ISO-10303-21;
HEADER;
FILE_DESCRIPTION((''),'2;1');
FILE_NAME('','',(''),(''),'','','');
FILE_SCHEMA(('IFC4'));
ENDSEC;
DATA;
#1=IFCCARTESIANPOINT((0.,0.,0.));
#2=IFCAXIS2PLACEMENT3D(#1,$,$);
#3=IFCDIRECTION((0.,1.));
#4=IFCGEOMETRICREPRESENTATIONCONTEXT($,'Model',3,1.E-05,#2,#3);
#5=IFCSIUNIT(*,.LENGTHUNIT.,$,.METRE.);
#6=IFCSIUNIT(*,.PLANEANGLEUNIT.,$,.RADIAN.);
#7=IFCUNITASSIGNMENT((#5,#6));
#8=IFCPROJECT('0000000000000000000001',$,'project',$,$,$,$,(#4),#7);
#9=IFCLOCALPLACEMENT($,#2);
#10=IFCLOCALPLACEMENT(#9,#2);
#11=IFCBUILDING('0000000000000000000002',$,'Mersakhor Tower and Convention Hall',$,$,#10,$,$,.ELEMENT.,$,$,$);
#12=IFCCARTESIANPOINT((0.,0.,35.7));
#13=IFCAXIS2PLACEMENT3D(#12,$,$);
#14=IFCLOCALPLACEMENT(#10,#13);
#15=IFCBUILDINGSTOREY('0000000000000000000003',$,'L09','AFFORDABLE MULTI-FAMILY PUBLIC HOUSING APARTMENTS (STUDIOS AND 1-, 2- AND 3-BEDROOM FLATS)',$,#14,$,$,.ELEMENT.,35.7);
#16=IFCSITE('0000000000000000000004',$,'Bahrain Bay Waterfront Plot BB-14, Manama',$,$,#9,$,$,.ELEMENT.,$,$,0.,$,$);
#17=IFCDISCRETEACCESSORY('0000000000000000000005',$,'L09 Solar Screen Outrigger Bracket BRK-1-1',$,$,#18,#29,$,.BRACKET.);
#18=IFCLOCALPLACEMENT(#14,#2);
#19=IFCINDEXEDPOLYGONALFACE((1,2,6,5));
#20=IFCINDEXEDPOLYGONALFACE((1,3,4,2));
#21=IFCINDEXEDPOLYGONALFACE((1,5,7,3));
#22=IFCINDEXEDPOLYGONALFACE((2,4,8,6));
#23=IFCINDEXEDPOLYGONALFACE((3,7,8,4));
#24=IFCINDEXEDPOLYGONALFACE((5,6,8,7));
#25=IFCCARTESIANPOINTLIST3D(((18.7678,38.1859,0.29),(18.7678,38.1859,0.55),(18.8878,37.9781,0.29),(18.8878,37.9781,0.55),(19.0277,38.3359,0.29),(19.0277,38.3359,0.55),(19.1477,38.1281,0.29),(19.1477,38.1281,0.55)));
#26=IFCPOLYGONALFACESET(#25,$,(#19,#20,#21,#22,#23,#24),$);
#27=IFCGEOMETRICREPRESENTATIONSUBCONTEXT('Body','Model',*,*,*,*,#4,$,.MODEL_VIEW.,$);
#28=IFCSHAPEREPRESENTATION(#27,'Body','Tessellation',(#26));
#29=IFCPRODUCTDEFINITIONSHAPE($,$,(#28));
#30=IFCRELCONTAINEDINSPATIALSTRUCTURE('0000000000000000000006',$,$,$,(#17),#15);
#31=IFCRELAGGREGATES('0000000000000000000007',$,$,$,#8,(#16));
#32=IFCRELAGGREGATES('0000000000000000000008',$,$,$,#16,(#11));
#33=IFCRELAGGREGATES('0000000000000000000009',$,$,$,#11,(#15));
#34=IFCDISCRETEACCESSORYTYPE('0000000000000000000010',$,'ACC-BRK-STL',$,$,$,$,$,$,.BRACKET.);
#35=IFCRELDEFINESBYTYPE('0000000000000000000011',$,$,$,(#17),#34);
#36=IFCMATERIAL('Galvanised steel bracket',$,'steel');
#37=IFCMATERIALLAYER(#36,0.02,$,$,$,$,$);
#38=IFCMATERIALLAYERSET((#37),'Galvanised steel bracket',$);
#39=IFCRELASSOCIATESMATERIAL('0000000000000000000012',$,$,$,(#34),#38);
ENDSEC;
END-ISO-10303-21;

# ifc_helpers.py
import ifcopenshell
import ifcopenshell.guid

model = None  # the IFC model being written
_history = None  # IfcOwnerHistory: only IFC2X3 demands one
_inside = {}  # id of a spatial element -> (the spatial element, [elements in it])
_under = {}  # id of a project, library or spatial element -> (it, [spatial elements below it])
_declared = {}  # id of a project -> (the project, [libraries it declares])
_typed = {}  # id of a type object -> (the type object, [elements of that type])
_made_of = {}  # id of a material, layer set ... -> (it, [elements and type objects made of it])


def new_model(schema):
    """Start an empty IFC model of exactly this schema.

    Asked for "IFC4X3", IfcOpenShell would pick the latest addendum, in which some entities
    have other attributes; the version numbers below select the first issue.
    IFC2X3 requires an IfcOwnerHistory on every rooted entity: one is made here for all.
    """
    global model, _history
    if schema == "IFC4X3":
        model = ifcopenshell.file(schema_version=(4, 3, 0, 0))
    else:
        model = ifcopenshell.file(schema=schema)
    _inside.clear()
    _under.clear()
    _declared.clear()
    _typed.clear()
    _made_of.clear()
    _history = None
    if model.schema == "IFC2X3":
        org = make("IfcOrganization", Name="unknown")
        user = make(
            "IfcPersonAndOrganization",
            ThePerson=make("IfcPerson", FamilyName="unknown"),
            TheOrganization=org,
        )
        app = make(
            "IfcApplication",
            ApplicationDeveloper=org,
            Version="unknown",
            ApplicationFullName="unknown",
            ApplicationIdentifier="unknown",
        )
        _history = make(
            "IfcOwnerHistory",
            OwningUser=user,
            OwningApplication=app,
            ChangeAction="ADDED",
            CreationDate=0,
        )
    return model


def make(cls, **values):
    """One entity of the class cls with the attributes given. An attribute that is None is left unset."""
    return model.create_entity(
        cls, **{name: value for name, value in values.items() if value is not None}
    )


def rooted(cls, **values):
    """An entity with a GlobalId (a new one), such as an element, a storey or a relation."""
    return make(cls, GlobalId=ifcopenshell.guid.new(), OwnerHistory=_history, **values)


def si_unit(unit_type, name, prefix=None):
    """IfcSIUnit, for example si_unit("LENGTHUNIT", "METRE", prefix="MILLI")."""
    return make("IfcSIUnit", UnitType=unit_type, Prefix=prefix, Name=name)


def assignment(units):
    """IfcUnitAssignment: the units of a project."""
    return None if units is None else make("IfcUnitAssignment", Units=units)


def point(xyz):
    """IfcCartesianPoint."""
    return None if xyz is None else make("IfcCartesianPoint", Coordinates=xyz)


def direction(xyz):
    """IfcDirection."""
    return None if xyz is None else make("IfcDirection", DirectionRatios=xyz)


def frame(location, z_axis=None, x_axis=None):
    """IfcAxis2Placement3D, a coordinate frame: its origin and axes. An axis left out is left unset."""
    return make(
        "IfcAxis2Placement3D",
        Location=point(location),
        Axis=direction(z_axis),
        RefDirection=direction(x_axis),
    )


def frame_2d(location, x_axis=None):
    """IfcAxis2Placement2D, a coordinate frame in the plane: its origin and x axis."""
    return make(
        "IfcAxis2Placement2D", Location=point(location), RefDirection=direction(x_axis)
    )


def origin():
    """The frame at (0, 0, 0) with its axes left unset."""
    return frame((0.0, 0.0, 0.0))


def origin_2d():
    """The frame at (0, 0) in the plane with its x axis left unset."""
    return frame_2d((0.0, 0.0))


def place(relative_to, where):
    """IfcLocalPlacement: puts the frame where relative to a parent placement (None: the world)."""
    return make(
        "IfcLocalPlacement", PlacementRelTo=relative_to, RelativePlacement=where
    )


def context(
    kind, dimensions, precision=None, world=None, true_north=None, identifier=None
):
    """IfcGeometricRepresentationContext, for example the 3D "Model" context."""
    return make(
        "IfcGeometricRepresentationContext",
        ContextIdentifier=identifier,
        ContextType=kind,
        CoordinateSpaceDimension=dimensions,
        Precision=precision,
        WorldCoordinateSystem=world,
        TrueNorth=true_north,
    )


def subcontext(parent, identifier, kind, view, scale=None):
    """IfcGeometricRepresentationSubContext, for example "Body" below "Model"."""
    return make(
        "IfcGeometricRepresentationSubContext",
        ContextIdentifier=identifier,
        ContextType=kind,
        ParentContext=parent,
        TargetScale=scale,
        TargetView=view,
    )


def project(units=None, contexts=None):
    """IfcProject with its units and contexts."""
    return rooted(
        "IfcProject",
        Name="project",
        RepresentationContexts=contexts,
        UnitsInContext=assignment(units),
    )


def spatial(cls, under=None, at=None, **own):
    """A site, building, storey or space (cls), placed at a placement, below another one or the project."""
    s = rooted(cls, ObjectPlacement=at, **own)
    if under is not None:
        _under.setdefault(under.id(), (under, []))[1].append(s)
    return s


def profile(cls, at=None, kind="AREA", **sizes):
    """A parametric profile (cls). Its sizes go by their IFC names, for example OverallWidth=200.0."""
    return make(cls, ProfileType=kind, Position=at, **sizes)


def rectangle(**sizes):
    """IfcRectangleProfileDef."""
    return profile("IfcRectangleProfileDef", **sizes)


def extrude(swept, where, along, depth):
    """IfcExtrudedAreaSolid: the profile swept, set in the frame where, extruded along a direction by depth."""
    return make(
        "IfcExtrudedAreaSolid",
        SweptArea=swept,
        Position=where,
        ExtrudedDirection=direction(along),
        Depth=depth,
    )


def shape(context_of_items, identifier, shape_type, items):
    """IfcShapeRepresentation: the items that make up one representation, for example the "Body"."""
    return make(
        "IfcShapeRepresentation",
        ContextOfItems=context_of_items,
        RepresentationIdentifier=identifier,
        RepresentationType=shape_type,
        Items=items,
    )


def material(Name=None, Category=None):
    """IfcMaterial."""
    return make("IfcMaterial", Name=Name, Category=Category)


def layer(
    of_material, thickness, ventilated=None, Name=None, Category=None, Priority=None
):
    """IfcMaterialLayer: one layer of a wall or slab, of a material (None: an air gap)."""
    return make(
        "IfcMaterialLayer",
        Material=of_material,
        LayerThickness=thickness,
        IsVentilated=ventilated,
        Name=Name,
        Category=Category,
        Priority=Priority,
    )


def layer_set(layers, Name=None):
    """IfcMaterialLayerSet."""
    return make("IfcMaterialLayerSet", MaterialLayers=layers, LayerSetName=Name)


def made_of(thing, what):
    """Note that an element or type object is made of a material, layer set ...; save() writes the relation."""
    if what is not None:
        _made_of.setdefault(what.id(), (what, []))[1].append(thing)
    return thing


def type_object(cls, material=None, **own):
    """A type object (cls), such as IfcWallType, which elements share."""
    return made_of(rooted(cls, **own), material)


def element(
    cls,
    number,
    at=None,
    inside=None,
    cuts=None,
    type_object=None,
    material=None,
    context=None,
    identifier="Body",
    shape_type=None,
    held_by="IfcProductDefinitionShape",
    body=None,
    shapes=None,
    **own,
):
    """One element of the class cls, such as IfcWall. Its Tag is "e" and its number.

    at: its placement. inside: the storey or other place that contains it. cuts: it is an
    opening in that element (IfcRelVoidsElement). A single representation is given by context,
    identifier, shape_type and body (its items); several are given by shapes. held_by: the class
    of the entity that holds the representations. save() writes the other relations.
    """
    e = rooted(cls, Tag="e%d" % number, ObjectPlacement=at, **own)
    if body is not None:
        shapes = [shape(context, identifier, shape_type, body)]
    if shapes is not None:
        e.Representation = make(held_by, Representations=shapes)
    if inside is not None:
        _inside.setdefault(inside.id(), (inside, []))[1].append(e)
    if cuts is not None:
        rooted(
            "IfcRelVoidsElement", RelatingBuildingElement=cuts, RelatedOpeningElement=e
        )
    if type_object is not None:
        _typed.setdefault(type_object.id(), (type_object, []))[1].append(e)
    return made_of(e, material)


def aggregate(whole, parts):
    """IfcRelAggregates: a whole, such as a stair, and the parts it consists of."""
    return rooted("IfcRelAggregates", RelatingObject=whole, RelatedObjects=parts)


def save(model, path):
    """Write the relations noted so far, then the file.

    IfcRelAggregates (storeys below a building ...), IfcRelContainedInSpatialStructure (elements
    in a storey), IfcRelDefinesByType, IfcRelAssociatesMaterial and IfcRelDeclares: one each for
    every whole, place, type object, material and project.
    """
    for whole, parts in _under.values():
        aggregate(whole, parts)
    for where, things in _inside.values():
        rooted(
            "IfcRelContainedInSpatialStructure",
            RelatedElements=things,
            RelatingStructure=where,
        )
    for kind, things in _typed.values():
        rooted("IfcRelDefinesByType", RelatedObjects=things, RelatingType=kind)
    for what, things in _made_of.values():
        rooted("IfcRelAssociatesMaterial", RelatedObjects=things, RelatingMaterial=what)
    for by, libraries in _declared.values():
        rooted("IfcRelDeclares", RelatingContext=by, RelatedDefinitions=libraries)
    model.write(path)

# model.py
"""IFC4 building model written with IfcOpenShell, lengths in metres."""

from ifc_helpers import new_model, si_unit, direction, frame, origin, origin_2d, place, context, subcontext, project, spatial, rectangle, extrude, material, layer, layer_set, type_object, element, save


model = new_model("IFC4")

# Units and contexts
model_context = context("Model", 3, precision=1e-05, world=origin(), true_north=direction((0.0, 1.0)))
body_context = subcontext(model_context, "Body", "Model", "MODEL_VIEW")
ifc_project = project(units=[si_unit("LENGTHUNIT", "METRE"), si_unit("PLANEANGLEUNIT", "RADIAN")], contexts=[model_context])

# Site, building, storey
site_placement = place(None, origin())
site = spatial("IfcSite", under=ifc_project, at=site_placement, Name="Bahrain Bay Waterfront Plot BB-14, Manama", CompositionType="ELEMENT", RefElevation=0.0)
building_placement = place(site_placement, origin())
building = spatial("IfcBuilding", under=site, at=building_placement, Name="Mersakhor Tower and Convention Hall", CompositionType="ELEMENT")
storey_placement = place(building_placement, frame((0.0, 0.0, 35.7)))
storey = spatial("IfcBuildingStorey", under=building, at=storey_placement, Name="L09", Description="AFFORDABLE MULTI-FAMILY PUBLIC HOUSING APARTMENTS (STUDIOS AND 1-, 2- AND 3-BEDROOM FLATS)", CompositionType="ELEMENT", Elevation=35.7)

# Discrete accessory
ifc_material_1 = material(Name="Galvanised steel bracket", Category="steel")
ifc_layer_1 = layer(ifc_material_1, 0.02)
ifc_layer_set_1 = layer_set([ifc_layer_1], Name="Galvanised steel bracket")
discrete_accessory_type = type_object("IfcDiscreteAccessoryType", Name="ACC-BRK-STL", PredefinedType="BRACKET", material=ifc_layer_set_1)
discrete_accessory_placement = place(storey_placement, frame((18.9578, 38.157, 0.29), z_axis=(0.0, 0.0, 1.0), x_axis=(0.866025, 0.5, 0.0)))
element("IfcDiscreteAccessory", 1, at=discrete_accessory_placement, inside=storey, type_object=discrete_accessory_type, Name="L09 Solar Screen Outrigger Bracket BRK-1-1", PredefinedType="BRACKET", context=body_context, shape_type="SweptSolid", body=[
    extrude(rectangle(XDim=0.3, YDim=0.24, at=origin_2d()), origin(), (0.0, 0.0, 1.0), 0.26),
])

save(model, "model.ifc")
